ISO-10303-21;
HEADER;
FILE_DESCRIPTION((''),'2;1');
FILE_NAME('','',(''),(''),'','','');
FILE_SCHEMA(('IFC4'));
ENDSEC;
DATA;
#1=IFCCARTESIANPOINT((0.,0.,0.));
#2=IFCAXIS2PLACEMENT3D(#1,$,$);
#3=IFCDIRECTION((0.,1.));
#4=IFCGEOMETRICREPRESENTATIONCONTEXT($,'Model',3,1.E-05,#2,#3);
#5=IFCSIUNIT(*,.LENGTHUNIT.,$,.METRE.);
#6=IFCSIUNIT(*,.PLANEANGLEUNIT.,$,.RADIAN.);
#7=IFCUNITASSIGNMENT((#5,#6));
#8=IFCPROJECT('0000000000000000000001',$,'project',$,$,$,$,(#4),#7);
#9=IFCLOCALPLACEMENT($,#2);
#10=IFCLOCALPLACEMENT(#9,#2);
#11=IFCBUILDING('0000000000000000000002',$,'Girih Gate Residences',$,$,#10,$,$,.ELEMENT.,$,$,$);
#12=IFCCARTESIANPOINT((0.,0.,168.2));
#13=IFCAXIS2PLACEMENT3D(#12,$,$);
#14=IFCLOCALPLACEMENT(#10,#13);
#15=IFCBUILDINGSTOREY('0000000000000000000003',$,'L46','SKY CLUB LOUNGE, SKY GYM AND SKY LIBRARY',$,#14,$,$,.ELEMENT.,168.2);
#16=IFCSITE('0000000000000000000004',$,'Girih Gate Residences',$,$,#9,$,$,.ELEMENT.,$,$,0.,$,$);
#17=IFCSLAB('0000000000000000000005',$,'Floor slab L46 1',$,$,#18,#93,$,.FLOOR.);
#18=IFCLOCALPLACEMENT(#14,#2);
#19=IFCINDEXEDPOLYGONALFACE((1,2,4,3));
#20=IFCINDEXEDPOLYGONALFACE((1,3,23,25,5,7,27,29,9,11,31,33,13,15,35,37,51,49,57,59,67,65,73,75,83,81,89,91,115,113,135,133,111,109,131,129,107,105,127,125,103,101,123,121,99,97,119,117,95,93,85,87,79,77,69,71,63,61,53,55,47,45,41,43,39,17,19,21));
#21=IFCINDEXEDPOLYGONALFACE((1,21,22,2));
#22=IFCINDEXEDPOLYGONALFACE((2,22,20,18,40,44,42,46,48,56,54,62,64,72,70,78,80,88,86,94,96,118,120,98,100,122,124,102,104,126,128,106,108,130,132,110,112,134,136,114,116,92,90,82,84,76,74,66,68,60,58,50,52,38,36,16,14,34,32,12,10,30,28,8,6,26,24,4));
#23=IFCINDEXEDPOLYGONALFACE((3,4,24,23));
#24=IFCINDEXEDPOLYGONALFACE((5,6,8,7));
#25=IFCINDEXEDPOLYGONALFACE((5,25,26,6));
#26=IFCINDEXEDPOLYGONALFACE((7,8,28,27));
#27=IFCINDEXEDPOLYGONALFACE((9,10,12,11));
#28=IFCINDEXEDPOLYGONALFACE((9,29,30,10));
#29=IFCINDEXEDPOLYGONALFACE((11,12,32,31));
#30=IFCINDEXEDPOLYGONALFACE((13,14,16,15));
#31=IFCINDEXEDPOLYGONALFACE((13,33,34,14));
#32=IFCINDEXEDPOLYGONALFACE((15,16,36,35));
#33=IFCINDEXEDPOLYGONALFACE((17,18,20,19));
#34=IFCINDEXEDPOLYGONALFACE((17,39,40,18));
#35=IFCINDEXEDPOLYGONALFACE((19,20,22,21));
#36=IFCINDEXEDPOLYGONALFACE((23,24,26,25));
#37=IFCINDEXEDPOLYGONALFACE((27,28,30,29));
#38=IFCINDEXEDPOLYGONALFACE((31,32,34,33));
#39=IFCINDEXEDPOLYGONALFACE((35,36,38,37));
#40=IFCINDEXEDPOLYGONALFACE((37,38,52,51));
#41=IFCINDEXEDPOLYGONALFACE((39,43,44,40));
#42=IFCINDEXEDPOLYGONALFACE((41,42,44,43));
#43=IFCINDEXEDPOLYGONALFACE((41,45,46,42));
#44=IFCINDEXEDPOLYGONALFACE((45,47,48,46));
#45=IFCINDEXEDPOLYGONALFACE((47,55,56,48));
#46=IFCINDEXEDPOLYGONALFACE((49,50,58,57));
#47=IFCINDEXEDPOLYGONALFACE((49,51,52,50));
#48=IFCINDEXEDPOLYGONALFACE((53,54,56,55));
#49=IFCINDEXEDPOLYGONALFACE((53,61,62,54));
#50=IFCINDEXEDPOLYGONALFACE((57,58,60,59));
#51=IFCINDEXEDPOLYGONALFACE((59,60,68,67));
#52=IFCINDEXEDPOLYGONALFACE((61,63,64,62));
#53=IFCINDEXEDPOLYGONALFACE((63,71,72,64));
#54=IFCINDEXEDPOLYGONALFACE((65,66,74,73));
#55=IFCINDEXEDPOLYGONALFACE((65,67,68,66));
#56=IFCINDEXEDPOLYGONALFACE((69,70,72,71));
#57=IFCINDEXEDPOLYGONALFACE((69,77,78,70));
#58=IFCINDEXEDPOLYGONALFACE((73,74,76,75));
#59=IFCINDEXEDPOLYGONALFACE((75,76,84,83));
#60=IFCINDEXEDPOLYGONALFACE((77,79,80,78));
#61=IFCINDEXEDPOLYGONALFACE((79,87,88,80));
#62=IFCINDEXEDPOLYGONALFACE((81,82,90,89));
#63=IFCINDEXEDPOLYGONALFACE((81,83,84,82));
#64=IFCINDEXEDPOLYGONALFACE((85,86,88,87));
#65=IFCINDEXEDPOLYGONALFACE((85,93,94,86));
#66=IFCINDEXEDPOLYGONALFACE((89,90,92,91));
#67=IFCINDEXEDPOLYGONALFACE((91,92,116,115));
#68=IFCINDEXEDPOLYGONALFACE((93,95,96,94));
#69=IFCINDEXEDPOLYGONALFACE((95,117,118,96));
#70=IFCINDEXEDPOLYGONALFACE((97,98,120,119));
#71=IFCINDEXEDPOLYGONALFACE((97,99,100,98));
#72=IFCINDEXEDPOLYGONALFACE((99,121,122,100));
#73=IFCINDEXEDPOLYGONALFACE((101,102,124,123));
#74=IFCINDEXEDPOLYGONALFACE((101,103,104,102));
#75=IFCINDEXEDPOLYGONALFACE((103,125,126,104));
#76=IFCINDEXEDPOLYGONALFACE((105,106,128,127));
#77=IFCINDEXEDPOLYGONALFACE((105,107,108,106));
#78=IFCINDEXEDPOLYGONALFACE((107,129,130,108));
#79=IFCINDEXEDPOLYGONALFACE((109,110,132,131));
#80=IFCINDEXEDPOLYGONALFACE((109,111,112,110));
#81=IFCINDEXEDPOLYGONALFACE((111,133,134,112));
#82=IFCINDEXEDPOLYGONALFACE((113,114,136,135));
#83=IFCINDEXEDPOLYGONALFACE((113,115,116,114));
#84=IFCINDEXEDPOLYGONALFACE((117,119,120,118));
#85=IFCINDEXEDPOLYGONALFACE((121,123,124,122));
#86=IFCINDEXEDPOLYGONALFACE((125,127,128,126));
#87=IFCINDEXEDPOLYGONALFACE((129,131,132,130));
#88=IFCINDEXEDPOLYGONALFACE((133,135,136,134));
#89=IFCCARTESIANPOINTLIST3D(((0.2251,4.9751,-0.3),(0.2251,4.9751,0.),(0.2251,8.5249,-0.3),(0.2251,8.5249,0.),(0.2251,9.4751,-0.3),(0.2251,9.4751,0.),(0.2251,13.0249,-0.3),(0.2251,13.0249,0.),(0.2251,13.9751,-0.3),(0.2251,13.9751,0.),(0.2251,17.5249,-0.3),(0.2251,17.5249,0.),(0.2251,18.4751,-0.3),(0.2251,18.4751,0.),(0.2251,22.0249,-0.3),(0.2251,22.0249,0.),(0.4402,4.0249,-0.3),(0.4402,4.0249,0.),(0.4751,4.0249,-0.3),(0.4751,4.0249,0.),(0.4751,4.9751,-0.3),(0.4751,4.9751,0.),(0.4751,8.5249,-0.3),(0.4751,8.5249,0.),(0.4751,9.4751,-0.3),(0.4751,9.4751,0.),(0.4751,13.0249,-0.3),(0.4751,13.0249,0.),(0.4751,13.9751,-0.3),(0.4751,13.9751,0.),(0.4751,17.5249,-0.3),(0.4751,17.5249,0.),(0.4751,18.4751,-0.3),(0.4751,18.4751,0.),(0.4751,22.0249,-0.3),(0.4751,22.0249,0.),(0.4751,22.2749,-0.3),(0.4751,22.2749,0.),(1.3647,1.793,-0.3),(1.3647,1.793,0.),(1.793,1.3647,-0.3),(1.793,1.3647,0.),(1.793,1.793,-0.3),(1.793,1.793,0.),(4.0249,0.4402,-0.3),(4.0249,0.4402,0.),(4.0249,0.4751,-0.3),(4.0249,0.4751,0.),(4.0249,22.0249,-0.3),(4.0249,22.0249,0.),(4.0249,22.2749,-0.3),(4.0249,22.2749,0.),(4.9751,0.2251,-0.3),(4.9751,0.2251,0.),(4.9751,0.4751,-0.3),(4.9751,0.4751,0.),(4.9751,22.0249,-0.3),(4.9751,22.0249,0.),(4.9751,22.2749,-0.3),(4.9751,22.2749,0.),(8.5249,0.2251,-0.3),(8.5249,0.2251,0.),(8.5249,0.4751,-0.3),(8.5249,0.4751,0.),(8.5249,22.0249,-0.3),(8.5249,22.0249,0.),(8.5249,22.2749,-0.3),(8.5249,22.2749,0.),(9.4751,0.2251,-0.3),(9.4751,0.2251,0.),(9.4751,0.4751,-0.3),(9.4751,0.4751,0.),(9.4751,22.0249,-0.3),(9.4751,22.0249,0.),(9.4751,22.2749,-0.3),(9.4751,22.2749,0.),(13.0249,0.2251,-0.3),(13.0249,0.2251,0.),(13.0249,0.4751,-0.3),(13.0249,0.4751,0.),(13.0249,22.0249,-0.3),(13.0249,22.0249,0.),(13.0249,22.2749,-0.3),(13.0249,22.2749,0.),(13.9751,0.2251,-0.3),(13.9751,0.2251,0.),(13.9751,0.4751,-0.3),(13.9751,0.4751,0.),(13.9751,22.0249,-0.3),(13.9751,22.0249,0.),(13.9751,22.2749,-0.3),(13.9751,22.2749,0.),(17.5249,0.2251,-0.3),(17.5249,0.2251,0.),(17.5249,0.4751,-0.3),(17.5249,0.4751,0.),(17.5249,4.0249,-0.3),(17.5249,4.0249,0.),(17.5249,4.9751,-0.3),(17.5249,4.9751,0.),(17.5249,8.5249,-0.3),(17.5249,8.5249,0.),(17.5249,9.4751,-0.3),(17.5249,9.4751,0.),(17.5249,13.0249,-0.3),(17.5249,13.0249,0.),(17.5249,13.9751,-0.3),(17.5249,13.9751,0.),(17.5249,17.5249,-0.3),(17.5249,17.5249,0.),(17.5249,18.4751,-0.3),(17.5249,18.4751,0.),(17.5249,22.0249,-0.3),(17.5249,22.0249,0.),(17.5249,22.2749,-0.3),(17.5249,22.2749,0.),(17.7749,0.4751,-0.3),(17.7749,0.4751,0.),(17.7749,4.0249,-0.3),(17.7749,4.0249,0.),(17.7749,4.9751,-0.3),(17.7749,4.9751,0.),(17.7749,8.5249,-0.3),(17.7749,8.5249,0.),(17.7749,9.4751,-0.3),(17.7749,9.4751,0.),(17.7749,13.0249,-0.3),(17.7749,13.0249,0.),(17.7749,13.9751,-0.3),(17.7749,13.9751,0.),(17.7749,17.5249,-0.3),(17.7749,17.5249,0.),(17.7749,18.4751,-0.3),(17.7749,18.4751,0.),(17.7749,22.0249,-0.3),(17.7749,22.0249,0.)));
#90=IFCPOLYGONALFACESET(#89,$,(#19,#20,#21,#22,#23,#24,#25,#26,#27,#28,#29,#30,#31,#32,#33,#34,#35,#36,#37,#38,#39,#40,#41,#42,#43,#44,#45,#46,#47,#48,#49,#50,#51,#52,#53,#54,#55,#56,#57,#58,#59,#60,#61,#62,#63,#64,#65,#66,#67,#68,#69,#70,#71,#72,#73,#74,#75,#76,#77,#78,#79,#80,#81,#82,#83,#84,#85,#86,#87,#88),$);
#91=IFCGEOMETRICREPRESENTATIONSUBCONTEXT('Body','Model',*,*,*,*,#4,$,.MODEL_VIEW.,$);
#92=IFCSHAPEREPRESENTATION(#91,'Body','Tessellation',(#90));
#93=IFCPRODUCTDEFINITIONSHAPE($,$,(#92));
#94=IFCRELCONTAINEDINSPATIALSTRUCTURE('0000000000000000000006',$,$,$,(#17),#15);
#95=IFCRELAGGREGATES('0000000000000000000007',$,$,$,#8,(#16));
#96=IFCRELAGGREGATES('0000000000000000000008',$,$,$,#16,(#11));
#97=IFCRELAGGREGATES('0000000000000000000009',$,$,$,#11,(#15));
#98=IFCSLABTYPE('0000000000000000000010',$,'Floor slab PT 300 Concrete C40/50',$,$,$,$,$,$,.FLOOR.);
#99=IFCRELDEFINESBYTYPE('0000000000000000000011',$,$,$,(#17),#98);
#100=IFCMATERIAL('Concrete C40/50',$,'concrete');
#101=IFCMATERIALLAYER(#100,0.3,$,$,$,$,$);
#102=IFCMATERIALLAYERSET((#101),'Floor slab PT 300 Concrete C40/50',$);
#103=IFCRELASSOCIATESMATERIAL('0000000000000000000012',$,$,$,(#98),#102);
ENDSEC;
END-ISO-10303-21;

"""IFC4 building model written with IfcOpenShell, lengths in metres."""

from ifc_helpers import new_model, si_unit, direction, frame, origin, place, context, subcontext, project, spatial, polyline, outline, extrude, material, layer, layer_set, type_object, element, save


model = new_model("IFC4")

# Units and contexts
model_context = context("Model", 3, precision=1e-05, world=origin(), true_north=direction((0.0, 1.0)))
body_context = subcontext(model_context, "Body", "Model", "MODEL_VIEW")
ifc_project = project(units=[si_unit("LENGTHUNIT", "METRE"), si_unit("PLANEANGLEUNIT", "RADIAN")], contexts=[model_context])

# Site, building, storey
site_placement = place(None, origin())
site = spatial("IfcSite", under=ifc_project, at=site_placement, Name="Girih Gate Residences", CompositionType="ELEMENT", RefElevation=0.0)
building_placement = place(site_placement, origin())
building = spatial("IfcBuilding", under=site, at=building_placement, Name="Girih Gate Residences", CompositionType="ELEMENT")
storey_placement = place(building_placement, frame((0.0, 0.0, 168.2)))
storey = spatial("IfcBuildingStorey", under=building, at=storey_placement, Name="L46", Description="SKY CLUB LOUNGE, SKY GYM AND SKY LIBRARY", CompositionType="ELEMENT", Elevation=168.2)

# Slab
ifc_material_1 = material(Name="Concrete C40/50", Category="concrete")
ifc_layer_1 = layer(ifc_material_1, 0.3)
ifc_layer_set_1 = layer_set([ifc_layer_1], Name="Floor slab PT 300 Concrete C40/50")
slab_type_1 = type_object("IfcSlabType", Name="Floor slab PT 300 Concrete C40/50", PredefinedType="FLOOR", material=ifc_layer_set_1)
slab_1_placement = place(storey_placement, frame((0.0, 0.0, -0.3)))
element("IfcSlab", 1, at=slab_1_placement, inside=storey, type_object=slab_type_1, Name="Floor slab L46 1", PredefinedType="FLOOR", context=body_context, shape_type="SweptSolid", body=[
    extrude(outline(polyline([(0.2251, 8.5249), (0.2251, 4.9751), (0.4751, 4.9751), (0.4751, 4.0249), (0.4402, 4.0249), (1.3647, 1.793), (1.793, 1.793), (1.793, 1.3647), (4.0249, 0.4402), (4.0249, 0.4751), (4.9751, 0.4751), (4.9751, 0.2251), (8.5249, 0.2251), (8.5249, 0.4751), (9.4751, 0.4751), (9.4751, 0.2251), (13.0249, 0.2251), (13.0249, 0.4751), (13.9751, 0.4751), (13.9751, 0.2251), (17.5249, 0.2251), (17.5249, 0.4751), (17.7749, 0.4751), (17.7749, 4.0249), (17.5249, 4.0249), (17.5249, 4.9751), (17.7749, 4.9751), (17.7749, 8.5249), (17.5249, 8.5249), (17.5249, 9.4751), (17.7749, 9.4751), (17.7749, 13.0249), (17.5249, 13.0249), (17.5249, 13.9751), (17.7749, 13.9751), (17.7749, 17.5249), (17.5249, 17.5249), (17.5249, 18.4751), (17.7749, 18.4751), (17.7749, 22.0249), (17.5249, 22.0249), (17.5249, 22.2749), (13.9751, 22.2749), (13.9751, 22.0249), (13.0249, 22.0249), (13.0249, 22.2749), (9.4751, 22.2749), (9.4751, 22.0249), (8.5249, 22.0249), (8.5249, 22.2749), (4.9751, 22.2749), (4.9751, 22.0249), (4.0249, 22.0249), (4.0249, 22.2749), (0.4751, 22.2749), (0.4751, 22.0249), (0.2251, 22.0249), (0.2251, 18.4751), (0.4751, 18.4751), (0.4751, 17.5249), (0.2251, 17.5249), (0.2251, 13.9751), (0.4751, 13.9751), (0.4751, 13.0249), (0.2251, 13.0249), (0.2251, 9.4751), (0.4751, 9.4751), (0.4751, 8.5249), (0.2251, 8.5249)])), origin(), (0.0, 0.0, 1.0), 0.3),
])

save(model, "model.ifc")
